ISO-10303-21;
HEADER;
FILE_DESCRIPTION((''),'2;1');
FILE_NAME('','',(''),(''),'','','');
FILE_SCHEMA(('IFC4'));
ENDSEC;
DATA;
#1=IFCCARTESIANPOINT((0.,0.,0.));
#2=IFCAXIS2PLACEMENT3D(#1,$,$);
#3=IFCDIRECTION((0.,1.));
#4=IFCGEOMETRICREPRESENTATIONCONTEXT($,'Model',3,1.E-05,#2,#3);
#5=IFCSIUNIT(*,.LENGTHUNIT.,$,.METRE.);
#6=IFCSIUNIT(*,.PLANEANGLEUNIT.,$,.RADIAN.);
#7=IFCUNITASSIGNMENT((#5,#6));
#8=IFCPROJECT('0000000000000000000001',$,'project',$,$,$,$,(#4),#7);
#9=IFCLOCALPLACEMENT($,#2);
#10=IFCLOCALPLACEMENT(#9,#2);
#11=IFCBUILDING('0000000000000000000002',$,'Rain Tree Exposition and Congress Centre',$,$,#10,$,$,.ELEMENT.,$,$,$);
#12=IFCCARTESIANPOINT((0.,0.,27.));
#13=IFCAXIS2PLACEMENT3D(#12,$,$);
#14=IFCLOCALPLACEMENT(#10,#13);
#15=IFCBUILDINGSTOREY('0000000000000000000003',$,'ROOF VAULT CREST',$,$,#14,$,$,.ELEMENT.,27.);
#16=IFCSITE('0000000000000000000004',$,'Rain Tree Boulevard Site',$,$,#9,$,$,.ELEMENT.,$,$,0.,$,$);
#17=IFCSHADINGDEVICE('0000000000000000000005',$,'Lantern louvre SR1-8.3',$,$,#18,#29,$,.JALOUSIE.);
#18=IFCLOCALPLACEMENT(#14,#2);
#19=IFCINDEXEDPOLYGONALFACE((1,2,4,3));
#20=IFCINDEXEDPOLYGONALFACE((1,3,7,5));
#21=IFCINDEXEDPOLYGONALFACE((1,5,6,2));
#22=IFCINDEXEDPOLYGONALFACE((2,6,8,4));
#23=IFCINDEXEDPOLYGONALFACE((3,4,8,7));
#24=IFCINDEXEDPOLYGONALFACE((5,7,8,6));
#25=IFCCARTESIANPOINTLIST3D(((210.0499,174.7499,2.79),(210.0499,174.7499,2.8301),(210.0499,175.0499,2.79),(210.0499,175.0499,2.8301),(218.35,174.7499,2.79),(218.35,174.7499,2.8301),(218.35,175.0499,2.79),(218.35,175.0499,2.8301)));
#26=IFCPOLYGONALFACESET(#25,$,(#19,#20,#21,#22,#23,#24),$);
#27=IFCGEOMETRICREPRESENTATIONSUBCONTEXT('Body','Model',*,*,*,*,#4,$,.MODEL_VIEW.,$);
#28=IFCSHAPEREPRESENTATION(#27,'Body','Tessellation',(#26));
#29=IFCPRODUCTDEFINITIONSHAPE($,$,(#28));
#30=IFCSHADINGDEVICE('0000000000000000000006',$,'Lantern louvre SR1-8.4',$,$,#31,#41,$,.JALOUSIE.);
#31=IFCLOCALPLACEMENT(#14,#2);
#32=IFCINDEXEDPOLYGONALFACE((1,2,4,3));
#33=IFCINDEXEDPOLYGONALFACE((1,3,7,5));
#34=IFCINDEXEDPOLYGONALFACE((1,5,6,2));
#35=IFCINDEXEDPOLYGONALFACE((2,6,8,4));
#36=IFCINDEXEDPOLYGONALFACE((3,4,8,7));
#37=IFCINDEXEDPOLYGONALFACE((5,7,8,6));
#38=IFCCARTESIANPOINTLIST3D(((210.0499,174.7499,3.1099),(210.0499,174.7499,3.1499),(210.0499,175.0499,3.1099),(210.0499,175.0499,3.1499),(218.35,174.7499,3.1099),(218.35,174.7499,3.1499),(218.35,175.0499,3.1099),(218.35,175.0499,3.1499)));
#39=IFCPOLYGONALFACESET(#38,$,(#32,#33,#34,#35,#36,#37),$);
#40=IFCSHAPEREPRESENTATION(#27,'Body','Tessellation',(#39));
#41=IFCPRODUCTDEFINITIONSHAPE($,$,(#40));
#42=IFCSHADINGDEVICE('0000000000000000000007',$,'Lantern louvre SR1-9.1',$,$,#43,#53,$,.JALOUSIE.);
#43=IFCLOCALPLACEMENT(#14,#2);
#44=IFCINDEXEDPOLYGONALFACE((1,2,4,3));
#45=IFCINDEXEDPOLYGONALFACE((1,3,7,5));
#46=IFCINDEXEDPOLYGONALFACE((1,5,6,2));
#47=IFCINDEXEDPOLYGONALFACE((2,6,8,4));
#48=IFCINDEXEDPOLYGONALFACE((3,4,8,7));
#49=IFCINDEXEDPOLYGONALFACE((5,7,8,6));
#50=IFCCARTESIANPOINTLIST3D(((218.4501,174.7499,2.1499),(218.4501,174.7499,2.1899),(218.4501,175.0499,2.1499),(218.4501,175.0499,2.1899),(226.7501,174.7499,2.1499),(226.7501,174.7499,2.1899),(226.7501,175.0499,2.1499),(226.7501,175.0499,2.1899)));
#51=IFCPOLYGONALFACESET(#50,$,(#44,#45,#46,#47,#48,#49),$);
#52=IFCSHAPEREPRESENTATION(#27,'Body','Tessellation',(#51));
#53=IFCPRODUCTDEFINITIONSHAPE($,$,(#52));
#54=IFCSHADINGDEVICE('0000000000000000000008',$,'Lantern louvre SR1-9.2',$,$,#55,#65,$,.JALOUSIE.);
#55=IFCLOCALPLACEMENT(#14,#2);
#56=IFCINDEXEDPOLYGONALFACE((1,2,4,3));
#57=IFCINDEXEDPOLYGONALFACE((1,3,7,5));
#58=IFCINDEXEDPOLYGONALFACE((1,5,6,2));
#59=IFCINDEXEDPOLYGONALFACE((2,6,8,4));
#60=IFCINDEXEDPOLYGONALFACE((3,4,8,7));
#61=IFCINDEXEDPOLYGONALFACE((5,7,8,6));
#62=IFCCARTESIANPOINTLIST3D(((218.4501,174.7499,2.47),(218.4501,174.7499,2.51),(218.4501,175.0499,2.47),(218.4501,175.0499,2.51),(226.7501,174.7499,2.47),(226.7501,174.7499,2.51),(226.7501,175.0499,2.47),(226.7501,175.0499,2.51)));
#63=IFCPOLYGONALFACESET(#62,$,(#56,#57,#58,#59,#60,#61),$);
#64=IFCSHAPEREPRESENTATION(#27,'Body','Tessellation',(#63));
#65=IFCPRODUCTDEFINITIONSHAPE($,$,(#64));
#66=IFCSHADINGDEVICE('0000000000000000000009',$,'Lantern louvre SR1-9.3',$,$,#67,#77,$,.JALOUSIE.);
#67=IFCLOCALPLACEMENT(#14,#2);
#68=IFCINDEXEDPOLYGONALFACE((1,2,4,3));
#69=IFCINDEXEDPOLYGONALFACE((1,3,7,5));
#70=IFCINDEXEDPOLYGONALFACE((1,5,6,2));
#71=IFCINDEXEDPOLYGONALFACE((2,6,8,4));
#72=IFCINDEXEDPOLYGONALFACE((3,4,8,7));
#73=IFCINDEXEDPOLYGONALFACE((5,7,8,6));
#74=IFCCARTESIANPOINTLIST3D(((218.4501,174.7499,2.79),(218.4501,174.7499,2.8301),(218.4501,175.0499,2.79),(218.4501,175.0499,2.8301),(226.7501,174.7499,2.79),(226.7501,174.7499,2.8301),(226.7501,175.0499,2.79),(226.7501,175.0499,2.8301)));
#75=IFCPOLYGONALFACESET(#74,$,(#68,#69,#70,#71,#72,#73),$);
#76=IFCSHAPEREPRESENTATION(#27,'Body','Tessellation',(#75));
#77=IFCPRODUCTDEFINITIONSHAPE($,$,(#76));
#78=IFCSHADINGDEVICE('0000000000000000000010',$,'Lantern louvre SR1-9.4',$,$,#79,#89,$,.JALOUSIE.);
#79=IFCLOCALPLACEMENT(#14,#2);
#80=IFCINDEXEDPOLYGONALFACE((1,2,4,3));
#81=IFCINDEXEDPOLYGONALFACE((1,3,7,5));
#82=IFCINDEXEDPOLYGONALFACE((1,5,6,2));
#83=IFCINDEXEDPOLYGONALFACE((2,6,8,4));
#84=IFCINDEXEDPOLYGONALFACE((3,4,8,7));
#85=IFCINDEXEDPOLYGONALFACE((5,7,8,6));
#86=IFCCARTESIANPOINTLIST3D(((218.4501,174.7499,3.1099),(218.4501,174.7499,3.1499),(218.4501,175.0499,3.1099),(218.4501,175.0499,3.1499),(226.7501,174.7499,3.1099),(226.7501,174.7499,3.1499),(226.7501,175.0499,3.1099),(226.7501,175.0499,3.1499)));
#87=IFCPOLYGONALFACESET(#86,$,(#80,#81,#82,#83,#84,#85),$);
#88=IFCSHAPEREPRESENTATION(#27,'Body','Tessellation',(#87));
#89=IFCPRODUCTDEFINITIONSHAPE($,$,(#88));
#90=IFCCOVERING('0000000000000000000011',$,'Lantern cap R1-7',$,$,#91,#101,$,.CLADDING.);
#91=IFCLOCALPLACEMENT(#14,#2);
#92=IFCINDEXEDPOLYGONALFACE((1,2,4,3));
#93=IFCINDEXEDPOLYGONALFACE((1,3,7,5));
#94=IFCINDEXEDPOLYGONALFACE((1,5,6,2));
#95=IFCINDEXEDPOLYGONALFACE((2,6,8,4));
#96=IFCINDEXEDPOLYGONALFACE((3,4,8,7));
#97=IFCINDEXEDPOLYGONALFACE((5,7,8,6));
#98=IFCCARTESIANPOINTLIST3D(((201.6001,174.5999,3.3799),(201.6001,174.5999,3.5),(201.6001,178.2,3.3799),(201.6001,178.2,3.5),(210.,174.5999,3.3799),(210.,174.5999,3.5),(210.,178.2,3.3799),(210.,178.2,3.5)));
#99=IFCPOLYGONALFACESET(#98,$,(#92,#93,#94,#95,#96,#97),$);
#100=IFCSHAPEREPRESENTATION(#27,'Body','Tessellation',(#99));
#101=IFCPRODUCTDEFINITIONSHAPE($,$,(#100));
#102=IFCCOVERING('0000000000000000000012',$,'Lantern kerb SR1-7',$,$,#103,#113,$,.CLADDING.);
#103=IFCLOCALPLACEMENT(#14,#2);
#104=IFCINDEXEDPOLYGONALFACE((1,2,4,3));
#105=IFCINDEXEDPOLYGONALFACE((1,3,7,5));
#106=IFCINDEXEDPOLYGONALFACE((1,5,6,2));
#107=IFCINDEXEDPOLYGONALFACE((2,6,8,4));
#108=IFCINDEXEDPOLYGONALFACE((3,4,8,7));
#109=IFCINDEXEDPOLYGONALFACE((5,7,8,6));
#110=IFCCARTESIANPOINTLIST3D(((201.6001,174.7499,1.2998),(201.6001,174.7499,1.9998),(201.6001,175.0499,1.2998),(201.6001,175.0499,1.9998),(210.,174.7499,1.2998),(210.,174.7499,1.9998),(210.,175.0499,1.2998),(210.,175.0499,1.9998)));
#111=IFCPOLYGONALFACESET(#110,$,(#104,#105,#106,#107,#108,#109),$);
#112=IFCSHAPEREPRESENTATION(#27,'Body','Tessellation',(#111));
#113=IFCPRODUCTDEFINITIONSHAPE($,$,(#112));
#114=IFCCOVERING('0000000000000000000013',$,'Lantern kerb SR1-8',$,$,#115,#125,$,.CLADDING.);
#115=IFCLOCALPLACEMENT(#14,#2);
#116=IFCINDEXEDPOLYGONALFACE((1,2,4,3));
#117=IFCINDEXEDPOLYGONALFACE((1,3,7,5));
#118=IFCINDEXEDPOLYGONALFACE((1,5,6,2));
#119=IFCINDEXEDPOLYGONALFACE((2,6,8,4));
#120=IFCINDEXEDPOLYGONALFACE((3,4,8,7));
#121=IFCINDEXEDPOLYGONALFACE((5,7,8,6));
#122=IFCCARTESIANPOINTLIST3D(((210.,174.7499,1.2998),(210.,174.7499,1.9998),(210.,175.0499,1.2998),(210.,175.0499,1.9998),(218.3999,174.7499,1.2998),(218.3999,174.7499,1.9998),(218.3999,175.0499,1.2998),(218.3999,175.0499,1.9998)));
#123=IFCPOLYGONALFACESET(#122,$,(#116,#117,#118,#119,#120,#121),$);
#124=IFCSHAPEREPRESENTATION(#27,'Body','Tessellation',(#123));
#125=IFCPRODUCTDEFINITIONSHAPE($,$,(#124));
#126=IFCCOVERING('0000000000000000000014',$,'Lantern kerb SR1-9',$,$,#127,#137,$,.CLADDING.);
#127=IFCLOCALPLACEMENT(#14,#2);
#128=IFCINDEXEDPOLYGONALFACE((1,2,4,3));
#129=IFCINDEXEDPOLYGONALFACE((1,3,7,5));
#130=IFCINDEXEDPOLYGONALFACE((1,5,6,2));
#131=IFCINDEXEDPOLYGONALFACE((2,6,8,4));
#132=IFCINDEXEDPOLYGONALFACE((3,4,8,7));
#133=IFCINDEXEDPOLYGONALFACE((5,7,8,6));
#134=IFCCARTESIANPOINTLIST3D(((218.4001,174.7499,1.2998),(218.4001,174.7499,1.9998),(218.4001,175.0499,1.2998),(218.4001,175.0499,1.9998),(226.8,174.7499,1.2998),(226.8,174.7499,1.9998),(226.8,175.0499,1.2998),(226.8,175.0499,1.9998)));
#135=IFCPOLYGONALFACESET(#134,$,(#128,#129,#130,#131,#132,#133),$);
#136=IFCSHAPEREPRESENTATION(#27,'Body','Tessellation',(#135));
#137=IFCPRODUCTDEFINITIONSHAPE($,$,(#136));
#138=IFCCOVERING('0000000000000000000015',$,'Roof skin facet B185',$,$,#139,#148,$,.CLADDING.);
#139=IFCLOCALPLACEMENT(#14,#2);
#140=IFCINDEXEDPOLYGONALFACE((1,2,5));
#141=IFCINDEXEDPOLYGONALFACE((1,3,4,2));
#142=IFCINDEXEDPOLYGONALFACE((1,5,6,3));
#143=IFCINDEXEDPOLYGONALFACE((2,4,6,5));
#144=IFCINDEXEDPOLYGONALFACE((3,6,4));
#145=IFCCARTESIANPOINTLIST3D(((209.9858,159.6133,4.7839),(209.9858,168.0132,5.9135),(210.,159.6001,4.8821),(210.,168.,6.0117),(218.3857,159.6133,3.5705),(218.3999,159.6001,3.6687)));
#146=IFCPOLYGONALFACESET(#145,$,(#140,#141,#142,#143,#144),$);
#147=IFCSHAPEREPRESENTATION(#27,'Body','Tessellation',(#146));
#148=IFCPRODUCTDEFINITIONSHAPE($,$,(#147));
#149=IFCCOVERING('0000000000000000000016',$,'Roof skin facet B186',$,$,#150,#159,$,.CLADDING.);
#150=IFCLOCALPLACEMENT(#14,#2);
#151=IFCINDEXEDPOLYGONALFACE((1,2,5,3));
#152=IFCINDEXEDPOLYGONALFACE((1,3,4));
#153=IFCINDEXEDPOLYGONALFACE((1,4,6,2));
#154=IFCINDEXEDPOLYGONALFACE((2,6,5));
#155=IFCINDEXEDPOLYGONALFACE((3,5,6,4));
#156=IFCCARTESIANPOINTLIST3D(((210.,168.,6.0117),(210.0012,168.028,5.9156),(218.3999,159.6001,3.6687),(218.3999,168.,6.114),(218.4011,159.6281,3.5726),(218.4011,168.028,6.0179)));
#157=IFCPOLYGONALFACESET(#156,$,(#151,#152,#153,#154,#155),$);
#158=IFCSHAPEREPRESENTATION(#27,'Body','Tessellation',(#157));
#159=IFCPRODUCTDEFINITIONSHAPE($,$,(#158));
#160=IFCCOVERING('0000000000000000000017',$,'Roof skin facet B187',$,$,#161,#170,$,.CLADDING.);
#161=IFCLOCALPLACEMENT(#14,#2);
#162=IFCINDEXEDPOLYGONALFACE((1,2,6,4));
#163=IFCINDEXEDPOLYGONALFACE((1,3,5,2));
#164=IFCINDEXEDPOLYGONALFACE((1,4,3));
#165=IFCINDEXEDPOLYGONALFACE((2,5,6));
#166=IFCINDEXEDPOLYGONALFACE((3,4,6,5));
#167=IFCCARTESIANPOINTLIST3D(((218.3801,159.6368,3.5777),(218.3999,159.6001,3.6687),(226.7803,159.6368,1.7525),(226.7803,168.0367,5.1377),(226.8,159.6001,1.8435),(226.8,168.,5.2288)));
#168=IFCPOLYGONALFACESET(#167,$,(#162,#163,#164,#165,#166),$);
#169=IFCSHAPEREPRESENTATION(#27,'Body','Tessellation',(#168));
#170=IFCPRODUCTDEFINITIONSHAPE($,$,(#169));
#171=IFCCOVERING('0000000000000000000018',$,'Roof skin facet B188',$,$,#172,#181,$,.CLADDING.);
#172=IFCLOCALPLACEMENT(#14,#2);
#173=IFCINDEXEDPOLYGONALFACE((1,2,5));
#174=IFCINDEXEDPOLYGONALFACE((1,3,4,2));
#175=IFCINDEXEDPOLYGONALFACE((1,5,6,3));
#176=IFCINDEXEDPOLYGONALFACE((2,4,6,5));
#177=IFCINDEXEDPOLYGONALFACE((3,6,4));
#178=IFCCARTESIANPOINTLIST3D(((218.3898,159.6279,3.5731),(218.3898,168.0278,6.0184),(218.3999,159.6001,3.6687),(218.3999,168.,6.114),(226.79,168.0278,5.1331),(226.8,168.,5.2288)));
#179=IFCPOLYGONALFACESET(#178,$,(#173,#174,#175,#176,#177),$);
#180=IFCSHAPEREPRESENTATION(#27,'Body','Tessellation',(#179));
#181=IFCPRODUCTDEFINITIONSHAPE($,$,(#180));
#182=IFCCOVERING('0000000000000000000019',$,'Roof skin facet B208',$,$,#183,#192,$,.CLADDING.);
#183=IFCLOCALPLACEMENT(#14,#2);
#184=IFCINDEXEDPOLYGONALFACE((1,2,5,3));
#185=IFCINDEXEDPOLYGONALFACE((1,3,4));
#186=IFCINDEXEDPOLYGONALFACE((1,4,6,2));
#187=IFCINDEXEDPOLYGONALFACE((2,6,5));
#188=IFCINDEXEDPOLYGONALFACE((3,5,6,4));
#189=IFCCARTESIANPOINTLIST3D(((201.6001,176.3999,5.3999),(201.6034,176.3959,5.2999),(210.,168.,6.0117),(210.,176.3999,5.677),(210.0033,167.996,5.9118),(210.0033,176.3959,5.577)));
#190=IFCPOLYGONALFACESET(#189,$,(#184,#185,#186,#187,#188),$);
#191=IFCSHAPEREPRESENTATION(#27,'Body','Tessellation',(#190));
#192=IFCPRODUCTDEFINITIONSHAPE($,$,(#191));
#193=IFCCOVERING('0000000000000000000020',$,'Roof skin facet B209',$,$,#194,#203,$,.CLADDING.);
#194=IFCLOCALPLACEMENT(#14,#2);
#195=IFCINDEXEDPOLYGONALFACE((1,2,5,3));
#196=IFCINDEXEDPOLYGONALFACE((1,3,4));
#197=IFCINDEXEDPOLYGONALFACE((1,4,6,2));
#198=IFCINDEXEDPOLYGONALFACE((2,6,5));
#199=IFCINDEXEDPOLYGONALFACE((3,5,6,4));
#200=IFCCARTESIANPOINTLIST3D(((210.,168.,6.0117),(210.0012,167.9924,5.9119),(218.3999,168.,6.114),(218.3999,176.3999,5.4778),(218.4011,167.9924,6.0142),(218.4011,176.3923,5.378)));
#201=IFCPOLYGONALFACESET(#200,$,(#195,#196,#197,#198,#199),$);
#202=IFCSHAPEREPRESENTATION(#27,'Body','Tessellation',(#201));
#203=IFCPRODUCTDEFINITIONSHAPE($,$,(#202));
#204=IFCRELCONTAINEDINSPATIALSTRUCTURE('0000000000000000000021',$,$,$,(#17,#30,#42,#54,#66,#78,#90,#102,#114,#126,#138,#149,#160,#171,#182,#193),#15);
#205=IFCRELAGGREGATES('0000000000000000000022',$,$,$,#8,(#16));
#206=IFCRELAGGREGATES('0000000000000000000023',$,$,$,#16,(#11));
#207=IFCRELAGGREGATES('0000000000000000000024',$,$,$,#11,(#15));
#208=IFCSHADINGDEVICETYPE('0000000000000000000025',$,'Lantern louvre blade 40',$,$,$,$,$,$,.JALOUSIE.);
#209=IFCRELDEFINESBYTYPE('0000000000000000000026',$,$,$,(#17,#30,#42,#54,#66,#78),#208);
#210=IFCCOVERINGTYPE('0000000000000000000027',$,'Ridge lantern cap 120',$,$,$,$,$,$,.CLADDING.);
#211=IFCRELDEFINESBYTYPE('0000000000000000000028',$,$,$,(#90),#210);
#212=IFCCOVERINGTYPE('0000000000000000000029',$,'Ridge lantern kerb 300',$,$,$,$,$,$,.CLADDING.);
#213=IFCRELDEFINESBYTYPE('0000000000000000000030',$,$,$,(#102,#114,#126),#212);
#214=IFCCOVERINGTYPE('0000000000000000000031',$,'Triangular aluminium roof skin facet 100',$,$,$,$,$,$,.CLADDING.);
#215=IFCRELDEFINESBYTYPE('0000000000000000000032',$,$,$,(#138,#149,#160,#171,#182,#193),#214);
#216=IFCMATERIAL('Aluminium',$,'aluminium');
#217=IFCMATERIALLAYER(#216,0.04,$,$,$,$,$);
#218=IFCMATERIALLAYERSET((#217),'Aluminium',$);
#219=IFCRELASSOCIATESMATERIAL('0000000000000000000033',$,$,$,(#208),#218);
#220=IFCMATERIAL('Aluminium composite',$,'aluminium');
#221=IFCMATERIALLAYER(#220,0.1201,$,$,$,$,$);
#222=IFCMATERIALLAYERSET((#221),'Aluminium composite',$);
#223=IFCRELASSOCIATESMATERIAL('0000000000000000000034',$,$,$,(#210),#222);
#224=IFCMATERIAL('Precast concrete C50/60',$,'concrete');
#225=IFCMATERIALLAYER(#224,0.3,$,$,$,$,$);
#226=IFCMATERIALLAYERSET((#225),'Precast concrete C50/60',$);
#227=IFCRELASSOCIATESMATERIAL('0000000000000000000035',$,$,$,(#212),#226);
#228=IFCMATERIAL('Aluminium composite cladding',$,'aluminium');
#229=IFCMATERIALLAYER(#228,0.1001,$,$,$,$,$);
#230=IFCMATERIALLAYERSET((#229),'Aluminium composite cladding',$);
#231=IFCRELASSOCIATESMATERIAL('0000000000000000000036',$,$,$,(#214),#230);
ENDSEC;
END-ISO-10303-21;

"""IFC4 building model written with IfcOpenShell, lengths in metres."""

from ifc_helpers import new_model, si_unit, direction, frame, origin, origin_2d, place, context, subcontext, project, spatial, polyline, rectangle, outline, extrude, material, layer, layer_set, type_object, element, save


model = new_model("IFC4")

# Units and contexts
model_context = context("Model", 3, precision=1e-05, world=origin(), true_north=direction((0.0, 1.0)))
body_context = subcontext(model_context, "Body", "Model", "MODEL_VIEW")
ifc_project = project(units=[si_unit("LENGTHUNIT", "METRE"), si_unit("PLANEANGLEUNIT", "RADIAN")], contexts=[model_context])

# Site, building, storey
site_placement = place(None, origin())
site = spatial("IfcSite", under=ifc_project, at=site_placement, Name="Rain Tree Boulevard Site", CompositionType="ELEMENT", RefElevation=0.0)
building_placement = place(site_placement, origin())
building = spatial("IfcBuilding", under=site, at=building_placement, Name="Rain Tree Exposition and Congress Centre", CompositionType="ELEMENT")
storey_placement = place(building_placement, frame((0.0, 0.0, 27.0)))
storey = spatial("IfcBuildingStorey", under=building, at=storey_placement, Name="ROOF VAULT CREST", CompositionType="ELEMENT", Elevation=27.0)

# Shading devices
ifc_material_1 = material(Name="Aluminium", Category="aluminium")
ifc_layer_1 = layer(ifc_material_1, 0.04)
ifc_layer_set_1 = layer_set([ifc_layer_1], Name="Aluminium")
shading_device_type = type_object("IfcShadingDeviceType", Name="Lantern louvre blade 40", PredefinedType="JALOUSIE", material=ifc_layer_set_1)
for number, where, z_axis, x_axis, name in (
    (1, (214.2, 174.8999, 2.79), (0.0, 0.0, 1.0), (1.0, 0.0, 0.0), "Lantern louvre SR1-8.3"),
    (2, (214.2, 174.8999, 3.1099), (0.0, 0.0, 1.0), (1.0, 0.0, 0.0), "Lantern louvre SR1-8.4"),
    (3, (222.6001, 174.8999, 2.1499), (0.0, 0.0, 1.0), (1.0, 0.0, 0.0), "Lantern louvre SR1-9.1"),
    (4, (222.6001, 174.8999, 2.47), (0.0, 0.0, 1.0), (1.0, 0.0, 0.0), "Lantern louvre SR1-9.2"),
    (5, (222.6001, 174.8999, 2.79), (0.0, 0.0, 1.0), (1.0, 0.0, 0.0), "Lantern louvre SR1-9.3"),
    (6, (222.6001, 174.8999, 3.1099), (0.0, 0.0, 1.0), (1.0, 0.0, 0.0), "Lantern louvre SR1-9.4"),
):
    element("IfcShadingDevice", number, at=place(storey_placement, frame(where, z_axis=z_axis, x_axis=x_axis)), inside=storey, type_object=shading_device_type, Name=name, PredefinedType="JALOUSIE", context=body_context, shape_type="SweptSolid", body=[
        extrude(rectangle(XDim=8.3, YDim=0.3, at=origin_2d()), origin(), (0.0, 0.0, 1.0), 0.04),
    ])

# Coverings
ifc_material_2 = material(Name="Aluminium composite", Category="aluminium")
ifc_layer_2 = layer(ifc_material_2, 0.1201)
ifc_layer_set_2 = layer_set([ifc_layer_2], Name="Aluminium composite")
covering_type_1 = type_object("IfcCoveringType", Name="Ridge lantern cap 120", PredefinedType="CLADDING", material=ifc_layer_set_2)
covering_1_placement = place(storey_placement, frame((205.8, 176.3999, 3.3799), z_axis=(0.0, 0.0, 1.0), x_axis=(1.0, 0.0, 0.0)))
element("IfcCovering", 7, at=covering_1_placement, inside=storey, type_object=covering_type_1, Name="Lantern cap R1-7", PredefinedType="CLADDING", context=body_context, shape_type="SweptSolid", body=[
    extrude(rectangle(XDim=8.3999, YDim=3.6001, at=origin_2d()), origin(), (0.0, 0.0, 1.0), 0.1201),
])
ifc_material_3 = material(Name="Precast concrete C50/60", Category="concrete")
ifc_layer_3 = layer(ifc_material_3, 0.3)
ifc_layer_set_3 = layer_set([ifc_layer_3], Name="Precast concrete C50/60")
covering_type_2 = type_object("IfcCoveringType", Name="Ridge lantern kerb 300", PredefinedType="CLADDING", material=ifc_layer_set_3)
for number, where, z_axis, x_axis, name in (
    (8, (205.8, 174.8999, 1.2998), (0.0, 0.0, 1.0), (1.0, 0.0, 0.0), "Lantern kerb SR1-7"),
    (9, (214.2, 174.8999, 1.2998), (0.0, 0.0, 1.0), (1.0, 0.0, 0.0), "Lantern kerb SR1-8"),
    (10, (222.6001, 174.8999, 1.2998), (0.0, 0.0, 1.0), (1.0, 0.0, 0.0), "Lantern kerb SR1-9"),
):
    element("IfcCovering", number, at=place(storey_placement, frame(where, z_axis=z_axis, x_axis=x_axis)), inside=storey, type_object=covering_type_2, Name=name, PredefinedType="CLADDING", context=body_context, shape_type="SweptSolid", body=[
        extrude(rectangle(XDim=8.3999, YDim=0.3, at=origin_2d()), origin(), (0.0, 0.0, 1.0), 0.7),
    ])
ifc_material_4 = material(Name="Aluminium composite cladding", Category="aluminium")
ifc_layer_4 = layer(ifc_material_4, 0.1001)
ifc_layer_set_4 = layer_set([ifc_layer_4], Name="Aluminium composite cladding")
covering_type_3 = type_object("IfcCoveringType", Name="Triangular aluminium roof skin facet 100", PredefinedType="CLADDING", material=ifc_layer_set_4)
covering_2_placement = place(storey_placement, frame((210.0, 159.6001, 4.8821), z_axis=(0.141718, -0.131937, 0.981075), x_axis=(0.989727, 0.0, -0.142968)))
element("IfcCovering", 11, at=covering_2_placement, inside=storey, type_object=covering_type_3, Name="Roof skin facet B185", PredefinedType="CLADDING", context=body_context, shape_type="SweptSolid", body=[
    extrude(outline(polyline([(0.0, 0.0), (8.4871, 0.0), (-0.1615, 8.474), (0.0, 0.0)])), origin(), (0.0, 0.0, -1.0), 0.1001),
])
covering_3_placement = place(storey_placement, frame((218.3999, 159.6001, 3.6687), z_axis=(-0.011692, -0.27949, 0.960077), x_axis=(0.0, 0.960143, 0.279509)))
element("IfcCovering", 12, at=covering_3_placement, inside=storey, type_object=covering_type_3, Name="Roof skin facet B186", PredefinedType="CLADDING", context=body_context, shape_type="SweptSolid", body=[
    extrude(outline(polyline([(0.0, 0.0), (8.7486, 0.0), (8.72, 8.4005), (0.0, 0.0)])), origin(), (0.0, 0.0, -1.0), 0.1001),
])
covering_4_placement = place(storey_placement, frame((218.3999, 159.6001, 3.6687), z_axis=(0.197559, -0.36643, 0.90923), x_axis=(0.977199, 0.0, -0.212327)))
element("IfcCovering", 13, at=covering_4_placement, inside=storey, type_object=covering_type_3, Name="Roof skin facet B187", PredefinedType="CLADDING", context=body_context, shape_type="SweptSolid", body=[
    extrude(outline(polyline([(0.0, 0.0), (8.5962, 0.0), (7.8774, 9.0278), (0.0, 0.0)])), origin(), (0.0, 0.0, -1.0), 0.1001),
])
covering_5_placement = place(storey_placement, frame((218.3999, 159.6001, 3.6687), z_axis=(0.100671, -0.278089, 0.955265), x_axis=(0.701097, 0.701077, 0.130206)))
element("IfcCovering", 14, at=covering_5_placement, inside=storey, type_object=covering_type_3, Name="Roof skin facet B188", PredefinedType="CLADDING", context=body_context, shape_type="SweptSolid", body=[
    extrude(outline(polyline([(0.0, 0.0), (11.9814, 0.0), (6.2074, 6.1649), (0.0, 0.0)])), origin(), (0.0, 0.0, -1.0), 0.1001),
])
covering_6_placement = place(storey_placement, frame((210.0, 168.0, 6.0117), z_axis=(-0.032944, 0.039794, 0.998665), x_axis=(0.0, 0.999207, -0.039816)))
element("IfcCovering", 15, at=covering_6_placement, inside=storey, type_object=covering_type_3, Name="Roof skin facet B208", PredefinedType="CLADDING", context=body_context, shape_type="SweptSolid", body=[
    extrude(outline(polyline([(0.0, 0.0), (8.4066, 0.0), (8.4176, 8.4045), (0.0, 0.0)])), origin(), (0.0, 0.0, -1.0), 0.1001),
])
covering_7_placement = place(storey_placement, frame((210.0, 168.0, 6.0117), z_axis=(-0.012142, 0.075521, 0.99707), x_axis=(0.999926, 0.0, 0.012177)))
element("IfcCovering", 16, at=covering_7_placement, inside=storey, type_object=covering_type_3, Name="Roof skin facet B209", PredefinedType="CLADDING", context=body_context, shape_type="SweptSolid", body=[
    extrude(outline(polyline([(0.0, 0.0), (8.4005, 0.0), (8.3928, 8.424), (0.0, 0.0)])), origin(), (0.0, 0.0, -1.0), 0.1001),
])

save(model, "model.ifc")
